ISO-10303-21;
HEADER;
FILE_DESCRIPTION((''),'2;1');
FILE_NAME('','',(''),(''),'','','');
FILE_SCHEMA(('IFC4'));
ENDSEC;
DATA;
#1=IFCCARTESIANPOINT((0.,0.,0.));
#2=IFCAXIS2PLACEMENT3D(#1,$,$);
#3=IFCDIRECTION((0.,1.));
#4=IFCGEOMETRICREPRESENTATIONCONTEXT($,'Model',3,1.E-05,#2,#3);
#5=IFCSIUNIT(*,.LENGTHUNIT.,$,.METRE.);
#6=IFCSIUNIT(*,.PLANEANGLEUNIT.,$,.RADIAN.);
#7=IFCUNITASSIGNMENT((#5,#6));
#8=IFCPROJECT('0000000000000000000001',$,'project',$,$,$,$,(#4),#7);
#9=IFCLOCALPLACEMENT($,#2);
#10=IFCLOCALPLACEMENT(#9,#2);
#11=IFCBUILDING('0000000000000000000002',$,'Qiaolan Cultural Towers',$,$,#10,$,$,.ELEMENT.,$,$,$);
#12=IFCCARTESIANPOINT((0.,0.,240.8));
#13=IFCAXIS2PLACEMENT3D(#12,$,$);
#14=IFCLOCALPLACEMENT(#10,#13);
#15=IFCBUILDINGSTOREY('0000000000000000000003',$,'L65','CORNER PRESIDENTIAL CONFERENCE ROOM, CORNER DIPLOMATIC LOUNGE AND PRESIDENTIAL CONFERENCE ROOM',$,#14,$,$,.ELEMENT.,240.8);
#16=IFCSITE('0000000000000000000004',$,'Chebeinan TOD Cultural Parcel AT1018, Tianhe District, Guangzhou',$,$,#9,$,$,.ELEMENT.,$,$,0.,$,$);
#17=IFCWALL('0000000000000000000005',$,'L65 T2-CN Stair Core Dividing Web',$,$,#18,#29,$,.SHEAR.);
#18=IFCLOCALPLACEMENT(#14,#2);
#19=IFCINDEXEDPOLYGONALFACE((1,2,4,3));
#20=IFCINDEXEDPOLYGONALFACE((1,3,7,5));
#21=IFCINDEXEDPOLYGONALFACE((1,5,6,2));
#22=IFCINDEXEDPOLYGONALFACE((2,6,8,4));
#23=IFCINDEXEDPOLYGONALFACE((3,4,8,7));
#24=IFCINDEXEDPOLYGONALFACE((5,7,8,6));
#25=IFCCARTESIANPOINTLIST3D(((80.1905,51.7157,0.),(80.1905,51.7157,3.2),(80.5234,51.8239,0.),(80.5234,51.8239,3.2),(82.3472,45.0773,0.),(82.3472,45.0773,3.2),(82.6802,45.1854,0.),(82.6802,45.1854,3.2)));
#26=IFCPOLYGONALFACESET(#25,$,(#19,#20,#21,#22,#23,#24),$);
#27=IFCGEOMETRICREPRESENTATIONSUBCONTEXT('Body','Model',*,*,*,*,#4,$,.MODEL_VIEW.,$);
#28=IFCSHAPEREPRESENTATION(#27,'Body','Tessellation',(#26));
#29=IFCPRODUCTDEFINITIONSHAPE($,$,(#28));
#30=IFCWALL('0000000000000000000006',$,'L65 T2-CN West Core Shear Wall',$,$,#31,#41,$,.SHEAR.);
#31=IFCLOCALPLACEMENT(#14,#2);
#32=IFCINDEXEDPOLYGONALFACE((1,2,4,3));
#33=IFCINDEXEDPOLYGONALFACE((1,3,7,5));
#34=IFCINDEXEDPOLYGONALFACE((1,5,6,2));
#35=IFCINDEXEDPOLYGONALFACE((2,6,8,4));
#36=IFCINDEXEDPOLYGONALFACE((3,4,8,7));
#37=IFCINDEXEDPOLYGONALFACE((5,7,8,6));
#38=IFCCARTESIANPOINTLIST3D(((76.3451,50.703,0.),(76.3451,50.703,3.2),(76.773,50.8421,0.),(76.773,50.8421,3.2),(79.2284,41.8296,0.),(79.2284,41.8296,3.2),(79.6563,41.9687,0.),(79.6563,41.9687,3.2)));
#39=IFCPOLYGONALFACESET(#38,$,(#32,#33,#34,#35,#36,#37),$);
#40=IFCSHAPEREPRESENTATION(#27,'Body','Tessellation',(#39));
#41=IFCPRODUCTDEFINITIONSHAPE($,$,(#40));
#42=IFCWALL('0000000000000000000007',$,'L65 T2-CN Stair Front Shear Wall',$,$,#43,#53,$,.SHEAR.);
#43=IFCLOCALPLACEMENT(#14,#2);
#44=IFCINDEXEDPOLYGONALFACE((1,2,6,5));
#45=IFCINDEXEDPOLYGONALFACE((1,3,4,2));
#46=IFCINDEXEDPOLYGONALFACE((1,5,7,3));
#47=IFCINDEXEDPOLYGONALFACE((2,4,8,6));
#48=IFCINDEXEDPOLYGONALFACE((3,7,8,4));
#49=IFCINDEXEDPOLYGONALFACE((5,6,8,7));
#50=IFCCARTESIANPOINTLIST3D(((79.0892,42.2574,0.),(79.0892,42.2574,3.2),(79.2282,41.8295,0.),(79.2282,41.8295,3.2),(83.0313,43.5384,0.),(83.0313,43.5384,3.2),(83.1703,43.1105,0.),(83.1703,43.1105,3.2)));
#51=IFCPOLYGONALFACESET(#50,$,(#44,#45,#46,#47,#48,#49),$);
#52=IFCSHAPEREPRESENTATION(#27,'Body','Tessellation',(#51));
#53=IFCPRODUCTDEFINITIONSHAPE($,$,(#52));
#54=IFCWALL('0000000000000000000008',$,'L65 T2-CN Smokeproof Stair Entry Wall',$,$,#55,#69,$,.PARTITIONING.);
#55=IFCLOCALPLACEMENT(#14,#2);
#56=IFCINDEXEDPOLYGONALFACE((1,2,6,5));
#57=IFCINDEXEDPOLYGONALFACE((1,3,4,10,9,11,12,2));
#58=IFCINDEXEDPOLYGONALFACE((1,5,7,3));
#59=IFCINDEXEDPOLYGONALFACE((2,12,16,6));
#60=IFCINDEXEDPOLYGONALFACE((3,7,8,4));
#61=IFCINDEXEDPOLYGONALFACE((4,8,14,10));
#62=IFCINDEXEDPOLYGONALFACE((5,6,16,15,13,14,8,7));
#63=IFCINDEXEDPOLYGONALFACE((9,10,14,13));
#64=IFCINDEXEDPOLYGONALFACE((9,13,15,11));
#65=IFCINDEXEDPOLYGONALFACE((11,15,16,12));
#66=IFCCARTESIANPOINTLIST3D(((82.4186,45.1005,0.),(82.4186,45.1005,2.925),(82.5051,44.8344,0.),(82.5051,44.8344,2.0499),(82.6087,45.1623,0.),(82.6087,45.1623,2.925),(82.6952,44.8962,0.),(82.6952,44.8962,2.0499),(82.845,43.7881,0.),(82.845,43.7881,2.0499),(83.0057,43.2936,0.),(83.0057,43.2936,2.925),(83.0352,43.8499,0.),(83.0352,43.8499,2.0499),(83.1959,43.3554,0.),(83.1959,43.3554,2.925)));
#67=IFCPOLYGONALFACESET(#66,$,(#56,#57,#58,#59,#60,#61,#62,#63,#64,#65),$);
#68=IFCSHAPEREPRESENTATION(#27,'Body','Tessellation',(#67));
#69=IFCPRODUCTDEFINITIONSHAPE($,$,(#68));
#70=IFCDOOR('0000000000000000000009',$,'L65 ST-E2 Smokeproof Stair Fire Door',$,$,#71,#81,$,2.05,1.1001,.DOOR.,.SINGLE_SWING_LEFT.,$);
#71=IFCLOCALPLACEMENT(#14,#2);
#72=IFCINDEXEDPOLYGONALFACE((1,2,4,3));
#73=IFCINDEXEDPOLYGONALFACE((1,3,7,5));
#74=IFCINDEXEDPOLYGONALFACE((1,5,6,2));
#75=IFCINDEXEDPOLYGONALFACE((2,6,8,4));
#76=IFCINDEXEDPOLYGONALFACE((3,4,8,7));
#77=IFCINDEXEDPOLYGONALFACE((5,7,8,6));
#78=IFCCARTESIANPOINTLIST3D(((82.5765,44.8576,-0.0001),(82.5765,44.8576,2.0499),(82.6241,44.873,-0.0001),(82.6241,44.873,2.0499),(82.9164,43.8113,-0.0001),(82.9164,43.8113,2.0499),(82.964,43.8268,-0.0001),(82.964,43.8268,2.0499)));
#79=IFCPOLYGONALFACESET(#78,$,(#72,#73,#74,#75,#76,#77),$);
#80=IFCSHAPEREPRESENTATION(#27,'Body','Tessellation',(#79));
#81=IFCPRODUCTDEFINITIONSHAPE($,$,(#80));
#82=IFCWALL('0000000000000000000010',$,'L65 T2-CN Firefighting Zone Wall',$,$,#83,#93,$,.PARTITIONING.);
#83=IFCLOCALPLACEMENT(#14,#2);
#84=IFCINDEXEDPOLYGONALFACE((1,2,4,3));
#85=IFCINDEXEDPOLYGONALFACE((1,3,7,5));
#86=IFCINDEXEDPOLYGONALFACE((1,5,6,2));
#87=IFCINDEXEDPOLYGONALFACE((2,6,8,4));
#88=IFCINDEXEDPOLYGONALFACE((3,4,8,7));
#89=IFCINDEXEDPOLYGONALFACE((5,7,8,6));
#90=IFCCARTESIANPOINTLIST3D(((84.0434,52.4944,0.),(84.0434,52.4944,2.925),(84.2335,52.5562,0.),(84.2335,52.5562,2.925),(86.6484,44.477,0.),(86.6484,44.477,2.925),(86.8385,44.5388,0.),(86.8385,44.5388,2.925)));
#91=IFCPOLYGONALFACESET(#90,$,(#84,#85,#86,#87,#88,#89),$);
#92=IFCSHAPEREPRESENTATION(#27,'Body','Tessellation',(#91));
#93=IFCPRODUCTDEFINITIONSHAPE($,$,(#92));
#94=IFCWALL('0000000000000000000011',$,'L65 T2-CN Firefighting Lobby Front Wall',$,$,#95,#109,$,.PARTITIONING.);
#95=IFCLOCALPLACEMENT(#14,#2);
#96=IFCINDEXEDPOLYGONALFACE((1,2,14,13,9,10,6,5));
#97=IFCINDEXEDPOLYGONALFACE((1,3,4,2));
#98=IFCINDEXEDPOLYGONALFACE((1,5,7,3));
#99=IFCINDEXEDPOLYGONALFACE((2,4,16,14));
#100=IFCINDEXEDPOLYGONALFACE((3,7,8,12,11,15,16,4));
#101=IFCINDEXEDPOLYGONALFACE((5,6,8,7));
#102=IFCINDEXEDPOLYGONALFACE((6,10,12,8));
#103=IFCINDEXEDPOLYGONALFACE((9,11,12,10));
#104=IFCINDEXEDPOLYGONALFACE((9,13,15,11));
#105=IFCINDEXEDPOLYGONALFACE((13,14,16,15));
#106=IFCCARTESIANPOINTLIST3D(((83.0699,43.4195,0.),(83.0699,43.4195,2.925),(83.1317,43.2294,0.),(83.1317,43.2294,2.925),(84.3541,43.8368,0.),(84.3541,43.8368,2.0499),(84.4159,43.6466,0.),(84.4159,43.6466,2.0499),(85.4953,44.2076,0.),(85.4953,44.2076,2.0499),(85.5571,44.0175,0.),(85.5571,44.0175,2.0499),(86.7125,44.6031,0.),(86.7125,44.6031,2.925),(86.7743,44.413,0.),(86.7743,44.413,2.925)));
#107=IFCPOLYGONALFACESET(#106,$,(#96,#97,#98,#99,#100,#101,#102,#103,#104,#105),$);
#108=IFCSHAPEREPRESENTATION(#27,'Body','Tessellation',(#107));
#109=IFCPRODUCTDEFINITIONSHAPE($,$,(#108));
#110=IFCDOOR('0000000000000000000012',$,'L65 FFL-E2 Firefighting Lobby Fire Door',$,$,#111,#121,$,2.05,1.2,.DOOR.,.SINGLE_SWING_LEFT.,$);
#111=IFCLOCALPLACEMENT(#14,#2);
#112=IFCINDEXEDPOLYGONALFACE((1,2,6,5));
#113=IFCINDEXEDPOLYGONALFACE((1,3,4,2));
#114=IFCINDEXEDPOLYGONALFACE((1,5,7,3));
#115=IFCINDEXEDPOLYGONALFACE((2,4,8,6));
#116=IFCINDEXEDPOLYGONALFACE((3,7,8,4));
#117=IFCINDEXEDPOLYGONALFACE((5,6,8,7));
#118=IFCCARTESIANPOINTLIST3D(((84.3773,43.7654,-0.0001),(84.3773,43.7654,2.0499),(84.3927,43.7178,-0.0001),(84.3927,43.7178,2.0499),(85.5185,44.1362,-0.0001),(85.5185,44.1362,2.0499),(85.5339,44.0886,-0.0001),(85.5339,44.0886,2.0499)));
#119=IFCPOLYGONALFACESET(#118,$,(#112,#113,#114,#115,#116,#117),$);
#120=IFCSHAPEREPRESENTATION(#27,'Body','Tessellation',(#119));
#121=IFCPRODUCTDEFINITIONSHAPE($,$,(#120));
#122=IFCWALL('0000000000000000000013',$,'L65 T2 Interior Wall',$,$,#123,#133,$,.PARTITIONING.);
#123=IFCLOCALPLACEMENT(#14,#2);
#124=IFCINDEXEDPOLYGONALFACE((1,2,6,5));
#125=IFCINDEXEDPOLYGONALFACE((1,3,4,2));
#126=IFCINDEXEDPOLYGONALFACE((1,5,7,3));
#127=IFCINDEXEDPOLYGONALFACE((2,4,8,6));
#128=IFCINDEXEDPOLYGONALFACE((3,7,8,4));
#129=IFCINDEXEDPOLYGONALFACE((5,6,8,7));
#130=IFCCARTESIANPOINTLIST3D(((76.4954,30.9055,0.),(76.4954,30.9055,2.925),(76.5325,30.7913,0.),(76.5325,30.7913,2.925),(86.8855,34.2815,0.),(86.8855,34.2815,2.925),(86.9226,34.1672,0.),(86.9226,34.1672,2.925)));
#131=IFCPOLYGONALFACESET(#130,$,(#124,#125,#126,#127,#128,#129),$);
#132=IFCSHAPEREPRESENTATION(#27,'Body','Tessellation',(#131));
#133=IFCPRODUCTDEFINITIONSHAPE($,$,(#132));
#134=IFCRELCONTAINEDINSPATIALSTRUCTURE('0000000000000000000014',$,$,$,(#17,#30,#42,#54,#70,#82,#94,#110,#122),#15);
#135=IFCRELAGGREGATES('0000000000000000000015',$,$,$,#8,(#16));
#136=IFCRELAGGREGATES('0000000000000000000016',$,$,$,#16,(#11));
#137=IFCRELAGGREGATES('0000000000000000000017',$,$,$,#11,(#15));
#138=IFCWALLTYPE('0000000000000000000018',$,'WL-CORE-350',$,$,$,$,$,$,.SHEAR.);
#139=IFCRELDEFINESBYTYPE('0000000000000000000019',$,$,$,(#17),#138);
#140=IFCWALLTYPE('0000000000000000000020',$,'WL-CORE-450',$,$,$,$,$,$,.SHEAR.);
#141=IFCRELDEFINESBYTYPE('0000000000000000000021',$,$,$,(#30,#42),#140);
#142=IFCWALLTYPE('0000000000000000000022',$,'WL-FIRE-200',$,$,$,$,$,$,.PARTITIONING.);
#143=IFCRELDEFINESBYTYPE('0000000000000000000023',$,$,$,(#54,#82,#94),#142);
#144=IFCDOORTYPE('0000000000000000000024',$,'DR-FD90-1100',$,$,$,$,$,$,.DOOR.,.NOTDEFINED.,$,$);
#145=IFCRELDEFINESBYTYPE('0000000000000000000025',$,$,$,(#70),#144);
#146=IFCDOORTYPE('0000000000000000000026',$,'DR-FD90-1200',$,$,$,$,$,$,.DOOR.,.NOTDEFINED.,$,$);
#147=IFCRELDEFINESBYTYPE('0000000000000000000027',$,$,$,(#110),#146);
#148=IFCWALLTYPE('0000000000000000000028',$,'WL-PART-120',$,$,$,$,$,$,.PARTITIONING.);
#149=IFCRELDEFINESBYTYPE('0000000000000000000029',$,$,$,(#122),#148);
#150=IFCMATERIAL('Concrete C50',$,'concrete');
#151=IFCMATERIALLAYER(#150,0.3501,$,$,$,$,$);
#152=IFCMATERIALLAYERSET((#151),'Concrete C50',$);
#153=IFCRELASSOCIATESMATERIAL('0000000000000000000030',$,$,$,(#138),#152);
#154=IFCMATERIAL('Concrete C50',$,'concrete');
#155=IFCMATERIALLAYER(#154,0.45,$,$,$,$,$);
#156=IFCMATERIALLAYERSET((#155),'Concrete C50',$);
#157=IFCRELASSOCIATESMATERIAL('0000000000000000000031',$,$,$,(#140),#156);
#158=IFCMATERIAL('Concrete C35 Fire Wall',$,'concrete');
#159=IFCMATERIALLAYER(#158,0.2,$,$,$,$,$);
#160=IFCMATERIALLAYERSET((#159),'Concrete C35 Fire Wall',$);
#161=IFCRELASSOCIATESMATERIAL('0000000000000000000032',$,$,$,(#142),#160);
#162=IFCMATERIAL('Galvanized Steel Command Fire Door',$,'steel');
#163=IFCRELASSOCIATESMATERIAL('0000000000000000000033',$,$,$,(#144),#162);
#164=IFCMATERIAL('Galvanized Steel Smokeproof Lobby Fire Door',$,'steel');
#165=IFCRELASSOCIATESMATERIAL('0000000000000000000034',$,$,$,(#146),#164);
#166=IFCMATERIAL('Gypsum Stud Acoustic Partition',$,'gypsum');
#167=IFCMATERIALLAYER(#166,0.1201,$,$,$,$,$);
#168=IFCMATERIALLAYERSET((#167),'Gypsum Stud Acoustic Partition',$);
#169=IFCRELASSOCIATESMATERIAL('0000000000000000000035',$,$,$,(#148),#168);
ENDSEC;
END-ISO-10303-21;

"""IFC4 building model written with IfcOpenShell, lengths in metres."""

from ifc_helpers import new_model, si_unit, direction, frame, frame_2d, origin, place, context, subcontext, project, spatial, rectangle, extrude, material, layer, layer_set, type_object, element, fill, save


model = new_model("IFC4")

# Units and contexts
model_context = context("Model", 3, precision=1e-05, world=origin(), true_north=direction((0.0, 1.0)))
body_context = subcontext(model_context, "Body", "Model", "MODEL_VIEW")
ifc_project = project(units=[si_unit("LENGTHUNIT", "METRE"), si_unit("PLANEANGLEUNIT", "RADIAN")], contexts=[model_context])

# Site, building, storey
site_placement = place(None, origin())
site = spatial("IfcSite", under=ifc_project, at=site_placement, Name="Chebeinan TOD Cultural Parcel AT1018, Tianhe District, Guangzhou", CompositionType="ELEMENT", RefElevation=0.0)
building_placement = place(site_placement, origin())
building = spatial("IfcBuilding", under=site, at=building_placement, Name="Qiaolan Cultural Towers", CompositionType="ELEMENT")
storey_placement = place(building_placement, frame((0.0, 0.0, 240.8)))
storey = spatial("IfcBuildingStorey", under=building, at=storey_placement, Name="L65", Description="CORNER PRESIDENTIAL CONFERENCE ROOM, CORNER DIPLOMATIC LOUNGE AND PRESIDENTIAL CONFERENCE ROOM", CompositionType="ELEMENT", Elevation=240.8)

# Walls
ifc_material_1 = material(Name="Concrete C50", Category="concrete")
ifc_layer_1 = layer(ifc_material_1, 0.3501)
ifc_layer_set_1 = layer_set([ifc_layer_1], Name="Concrete C50")
wall_type_1 = type_object("IfcWallType", Name="WL-CORE-350", PredefinedType="SHEAR", material=ifc_layer_set_1)
wall_1_placement = place(storey_placement, frame((82.5137, 45.1313, 0.0), z_axis=(0.0, 0.0, 1.0), x_axis=(-0.308989, 0.951066, 0.0)))
element("IfcWall", 1, at=wall_1_placement, inside=storey, type_object=wall_type_1, Name="L65 T2-CN Stair Core Dividing Web", PredefinedType="SHEAR", context=body_context, shape_type="SweptSolid", body=[
    extrude(rectangle(XDim=6.98, YDim=0.3501, at=frame_2d((3.49, 0.0))), origin(), (0.0, 0.0, 1.0), 3.2),
])
ifc_material_2 = material(Name="Concrete C50", Category="concrete")
ifc_layer_2 = layer(ifc_material_2, 0.45)
ifc_layer_set_2 = layer_set([ifc_layer_2], Name="Concrete C50")
wall_type_2 = type_object("IfcWallType", Name="WL-CORE-450", PredefinedType="SHEAR", material=ifc_layer_set_2)
wall_2_placement = place(storey_placement, frame((79.4424, 41.8992, 0.0), z_axis=(0.0, 0.0, 1.0), x_axis=(-0.309036, 0.95105, 0.0)))
element("IfcWall", 2, at=wall_2_placement, inside=storey, type_object=wall_type_2, Name="L65 T2-CN West Core Shear Wall", PredefinedType="SHEAR", context=body_context, shape_type="SweptSolid", body=[
    extrude(rectangle(XDim=9.3301, YDim=0.45, at=frame_2d((4.665, 0.0))), origin(), (0.0, 0.0, 1.0), 3.2),
])
wall_3_placement = place(storey_placement, frame((79.1587, 42.0435, 0.0), z_axis=(0.0, 0.0, 1.0), x_axis=(0.951047, 0.309045, 0.0)))
element("IfcWall", 3, at=wall_3_placement, inside=storey, type_object=wall_type_2, Name="L65 T2-CN Stair Front Shear Wall", PredefinedType="SHEAR", context=body_context, shape_type="SweptSolid", body=[
    extrude(rectangle(XDim=4.145, YDim=0.45, at=frame_2d((2.0725, 0.0))), origin(), (0.0, 0.0, 1.0), 3.2),
])

# Wall, opening, door
ifc_material_3 = material(Name="Concrete C35 Fire Wall", Category="concrete")
ifc_layer_3 = layer(ifc_material_3, 0.2)
ifc_layer_set_3 = layer_set([ifc_layer_3], Name="Concrete C35 Fire Wall")
wall_type_3 = type_object("IfcWallType", Name="WL-FIRE-200", PredefinedType="PARTITIONING", material=ifc_layer_set_3)
wall_4_placement = place(storey_placement, frame((83.1008, 43.3245, 0.0), z_axis=(0.0, 0.0, 1.0), x_axis=(-0.309048, 0.951046, 0.0)))
wall_4 = element("IfcWall", 4, at=wall_4_placement, inside=storey, type_object=wall_type_3, Name="L65 T2-CN Smokeproof Stair Entry Wall", PredefinedType="PARTITIONING", context=body_context, shape_type="SweptSolid", body=[
    extrude(rectangle(XDim=1.8999, YDim=0.2, at=frame_2d((0.95, 0.0))), origin(), (0.0, 0.0, 1.0), 2.925),
])
opening_1_placement = place(wall_4_placement, frame((0.52, 0.0, 0.0)))
opening_1 = element("IfcOpeningElement", 5, at=opening_1_placement, cuts=wall_4, PredefinedType="OPENING", context=body_context, shape_type="SweptSolid", body=[
    extrude(rectangle(XDim=1.1001, YDim=2.05, at=frame_2d((0.55, 1.0249))), frame((0.0, 0.1099, 0.0), z_axis=(0.0, -1.0, 0.0), x_axis=(1.0, 0.0, 0.0)), (0.0, 0.0, 1.0), 0.22),
])
ifc_material_4 = material(Name="Galvanized Steel Command Fire Door", Category="steel")
door_type_1 = type_object("IfcDoorType", Name="DR-FD90-1100", OperationType="NOTDEFINED", PredefinedType="DOOR", material=ifc_material_4)
door_1_placement = place(opening_1_placement, origin())
door_1 = element("IfcDoor", 6, at=door_1_placement, inside=storey, type_object=door_type_1, Name="L65 ST-E2 Smokeproof Stair Fire Door", OperationType="SINGLE_SWING_LEFT", OverallHeight=2.05, OverallWidth=1.1001, PredefinedType="DOOR", context=body_context, shape_type="SweptSolid", body=[
    extrude(rectangle(XDim=1.1001, YDim=2.05, at=frame_2d((0.55, 1.0249))), frame((0.0, 0.0249, 0.0), z_axis=(0.0, -1.0, 0.0), x_axis=(1.0, 0.0, 0.0)), (0.0, 0.0, 1.0), 0.05),
])
fill(opening_1, door_1)

# Wall
wall_5_placement = place(storey_placement, frame((86.7434, 44.5081, 0.0), z_axis=(0.0, 0.0, 1.0), x_axis=(-0.309016, 0.951057, 0.0)))
element("IfcWall", 7, at=wall_5_placement, inside=storey, type_object=wall_type_3, Name="L65 T2-CN Firefighting Zone Wall", PredefinedType="PARTITIONING", context=body_context, shape_type="SweptSolid", body=[
    extrude(rectangle(XDim=8.4299, YDim=0.2, at=frame_2d((4.2148, 0.0))), origin(), (0.0, 0.0, 1.0), 2.925),
])

# Wall, opening, door
wall_6_placement = place(storey_placement, frame((83.1008, 43.3245, 0.0), z_axis=(0.0, 0.0, 1.0), x_axis=(0.951053, 0.309028, 0.0)))
wall_6 = element("IfcWall", 8, at=wall_6_placement, inside=storey, type_object=wall_type_3, Name="L65 T2-CN Firefighting Lobby Front Wall", PredefinedType="PARTITIONING", context=body_context, shape_type="SweptSolid", body=[
    extrude(rectangle(XDim=3.8301, YDim=0.2, at=frame_2d((1.915, 0.0))), origin(), (0.0, 0.0, 1.0), 2.925),
])
opening_2_placement = place(wall_6_placement, frame((1.3501, 0.0, 0.0)))
opening_2 = element("IfcOpeningElement", 9, at=opening_2_placement, cuts=wall_6, PredefinedType="OPENING", context=body_context, shape_type="SweptSolid", body=[
    extrude(rectangle(XDim=1.2, YDim=2.05, at=frame_2d((0.6001, 1.0249))), frame((0.0, 0.1099, 0.0), z_axis=(0.0, -1.0, 0.0), x_axis=(1.0, 0.0, 0.0)), (0.0, 0.0, 1.0), 0.22),
])
ifc_material_5 = material(Name="Galvanized Steel Smokeproof Lobby Fire Door", Category="steel")
door_type_2 = type_object("IfcDoorType", Name="DR-FD90-1200", OperationType="NOTDEFINED", PredefinedType="DOOR", material=ifc_material_5)
door_2_placement = place(opening_2_placement, origin())
door_2 = element("IfcDoor", 10, at=door_2_placement, inside=storey, type_object=door_type_2, Name="L65 FFL-E2 Firefighting Lobby Fire Door", OperationType="SINGLE_SWING_LEFT", OverallHeight=2.05, OverallWidth=1.2, PredefinedType="DOOR", context=body_context, shape_type="SweptSolid", body=[
    extrude(rectangle(XDim=1.2, YDim=2.05, at=frame_2d((0.6001, 1.0249))), frame((0.0, 0.0249, 0.0), z_axis=(0.0, -1.0, 0.0), x_axis=(1.0, 0.0, 0.0)), (0.0, 0.0, 1.0), 0.05),
])
fill(opening_2, door_2)

# Wall
ifc_material_6 = material(Name="Gypsum Stud Acoustic Partition", Category="gypsum")
ifc_layer_4 = layer(ifc_material_6, 0.1201)
ifc_layer_set_4 = layer_set([ifc_layer_4], Name="Gypsum Stud Acoustic Partition")
wall_type_4 = type_object("IfcWallType", Name="WL-PART-120", PredefinedType="PARTITIONING", material=ifc_layer_set_4)
wall_7_placement = place(storey_placement, frame((76.5139, 30.8484, 0.0), z_axis=(0.0, 0.0, 1.0), x_axis=(0.951056, 0.309018, 0.0)))
element("IfcWall", 11, at=wall_7_placement, inside=storey, type_object=wall_type_4, Name="L65 T2 Interior Wall", PredefinedType="PARTITIONING", context=body_context, shape_type="SweptSolid", body=[
    extrude(rectangle(XDim=10.9248, YDim=0.1201, at=frame_2d((5.4624, 0.0))), origin(), (0.0, 0.0, 1.0), 2.925),
])

save(model, "model.ifc")
